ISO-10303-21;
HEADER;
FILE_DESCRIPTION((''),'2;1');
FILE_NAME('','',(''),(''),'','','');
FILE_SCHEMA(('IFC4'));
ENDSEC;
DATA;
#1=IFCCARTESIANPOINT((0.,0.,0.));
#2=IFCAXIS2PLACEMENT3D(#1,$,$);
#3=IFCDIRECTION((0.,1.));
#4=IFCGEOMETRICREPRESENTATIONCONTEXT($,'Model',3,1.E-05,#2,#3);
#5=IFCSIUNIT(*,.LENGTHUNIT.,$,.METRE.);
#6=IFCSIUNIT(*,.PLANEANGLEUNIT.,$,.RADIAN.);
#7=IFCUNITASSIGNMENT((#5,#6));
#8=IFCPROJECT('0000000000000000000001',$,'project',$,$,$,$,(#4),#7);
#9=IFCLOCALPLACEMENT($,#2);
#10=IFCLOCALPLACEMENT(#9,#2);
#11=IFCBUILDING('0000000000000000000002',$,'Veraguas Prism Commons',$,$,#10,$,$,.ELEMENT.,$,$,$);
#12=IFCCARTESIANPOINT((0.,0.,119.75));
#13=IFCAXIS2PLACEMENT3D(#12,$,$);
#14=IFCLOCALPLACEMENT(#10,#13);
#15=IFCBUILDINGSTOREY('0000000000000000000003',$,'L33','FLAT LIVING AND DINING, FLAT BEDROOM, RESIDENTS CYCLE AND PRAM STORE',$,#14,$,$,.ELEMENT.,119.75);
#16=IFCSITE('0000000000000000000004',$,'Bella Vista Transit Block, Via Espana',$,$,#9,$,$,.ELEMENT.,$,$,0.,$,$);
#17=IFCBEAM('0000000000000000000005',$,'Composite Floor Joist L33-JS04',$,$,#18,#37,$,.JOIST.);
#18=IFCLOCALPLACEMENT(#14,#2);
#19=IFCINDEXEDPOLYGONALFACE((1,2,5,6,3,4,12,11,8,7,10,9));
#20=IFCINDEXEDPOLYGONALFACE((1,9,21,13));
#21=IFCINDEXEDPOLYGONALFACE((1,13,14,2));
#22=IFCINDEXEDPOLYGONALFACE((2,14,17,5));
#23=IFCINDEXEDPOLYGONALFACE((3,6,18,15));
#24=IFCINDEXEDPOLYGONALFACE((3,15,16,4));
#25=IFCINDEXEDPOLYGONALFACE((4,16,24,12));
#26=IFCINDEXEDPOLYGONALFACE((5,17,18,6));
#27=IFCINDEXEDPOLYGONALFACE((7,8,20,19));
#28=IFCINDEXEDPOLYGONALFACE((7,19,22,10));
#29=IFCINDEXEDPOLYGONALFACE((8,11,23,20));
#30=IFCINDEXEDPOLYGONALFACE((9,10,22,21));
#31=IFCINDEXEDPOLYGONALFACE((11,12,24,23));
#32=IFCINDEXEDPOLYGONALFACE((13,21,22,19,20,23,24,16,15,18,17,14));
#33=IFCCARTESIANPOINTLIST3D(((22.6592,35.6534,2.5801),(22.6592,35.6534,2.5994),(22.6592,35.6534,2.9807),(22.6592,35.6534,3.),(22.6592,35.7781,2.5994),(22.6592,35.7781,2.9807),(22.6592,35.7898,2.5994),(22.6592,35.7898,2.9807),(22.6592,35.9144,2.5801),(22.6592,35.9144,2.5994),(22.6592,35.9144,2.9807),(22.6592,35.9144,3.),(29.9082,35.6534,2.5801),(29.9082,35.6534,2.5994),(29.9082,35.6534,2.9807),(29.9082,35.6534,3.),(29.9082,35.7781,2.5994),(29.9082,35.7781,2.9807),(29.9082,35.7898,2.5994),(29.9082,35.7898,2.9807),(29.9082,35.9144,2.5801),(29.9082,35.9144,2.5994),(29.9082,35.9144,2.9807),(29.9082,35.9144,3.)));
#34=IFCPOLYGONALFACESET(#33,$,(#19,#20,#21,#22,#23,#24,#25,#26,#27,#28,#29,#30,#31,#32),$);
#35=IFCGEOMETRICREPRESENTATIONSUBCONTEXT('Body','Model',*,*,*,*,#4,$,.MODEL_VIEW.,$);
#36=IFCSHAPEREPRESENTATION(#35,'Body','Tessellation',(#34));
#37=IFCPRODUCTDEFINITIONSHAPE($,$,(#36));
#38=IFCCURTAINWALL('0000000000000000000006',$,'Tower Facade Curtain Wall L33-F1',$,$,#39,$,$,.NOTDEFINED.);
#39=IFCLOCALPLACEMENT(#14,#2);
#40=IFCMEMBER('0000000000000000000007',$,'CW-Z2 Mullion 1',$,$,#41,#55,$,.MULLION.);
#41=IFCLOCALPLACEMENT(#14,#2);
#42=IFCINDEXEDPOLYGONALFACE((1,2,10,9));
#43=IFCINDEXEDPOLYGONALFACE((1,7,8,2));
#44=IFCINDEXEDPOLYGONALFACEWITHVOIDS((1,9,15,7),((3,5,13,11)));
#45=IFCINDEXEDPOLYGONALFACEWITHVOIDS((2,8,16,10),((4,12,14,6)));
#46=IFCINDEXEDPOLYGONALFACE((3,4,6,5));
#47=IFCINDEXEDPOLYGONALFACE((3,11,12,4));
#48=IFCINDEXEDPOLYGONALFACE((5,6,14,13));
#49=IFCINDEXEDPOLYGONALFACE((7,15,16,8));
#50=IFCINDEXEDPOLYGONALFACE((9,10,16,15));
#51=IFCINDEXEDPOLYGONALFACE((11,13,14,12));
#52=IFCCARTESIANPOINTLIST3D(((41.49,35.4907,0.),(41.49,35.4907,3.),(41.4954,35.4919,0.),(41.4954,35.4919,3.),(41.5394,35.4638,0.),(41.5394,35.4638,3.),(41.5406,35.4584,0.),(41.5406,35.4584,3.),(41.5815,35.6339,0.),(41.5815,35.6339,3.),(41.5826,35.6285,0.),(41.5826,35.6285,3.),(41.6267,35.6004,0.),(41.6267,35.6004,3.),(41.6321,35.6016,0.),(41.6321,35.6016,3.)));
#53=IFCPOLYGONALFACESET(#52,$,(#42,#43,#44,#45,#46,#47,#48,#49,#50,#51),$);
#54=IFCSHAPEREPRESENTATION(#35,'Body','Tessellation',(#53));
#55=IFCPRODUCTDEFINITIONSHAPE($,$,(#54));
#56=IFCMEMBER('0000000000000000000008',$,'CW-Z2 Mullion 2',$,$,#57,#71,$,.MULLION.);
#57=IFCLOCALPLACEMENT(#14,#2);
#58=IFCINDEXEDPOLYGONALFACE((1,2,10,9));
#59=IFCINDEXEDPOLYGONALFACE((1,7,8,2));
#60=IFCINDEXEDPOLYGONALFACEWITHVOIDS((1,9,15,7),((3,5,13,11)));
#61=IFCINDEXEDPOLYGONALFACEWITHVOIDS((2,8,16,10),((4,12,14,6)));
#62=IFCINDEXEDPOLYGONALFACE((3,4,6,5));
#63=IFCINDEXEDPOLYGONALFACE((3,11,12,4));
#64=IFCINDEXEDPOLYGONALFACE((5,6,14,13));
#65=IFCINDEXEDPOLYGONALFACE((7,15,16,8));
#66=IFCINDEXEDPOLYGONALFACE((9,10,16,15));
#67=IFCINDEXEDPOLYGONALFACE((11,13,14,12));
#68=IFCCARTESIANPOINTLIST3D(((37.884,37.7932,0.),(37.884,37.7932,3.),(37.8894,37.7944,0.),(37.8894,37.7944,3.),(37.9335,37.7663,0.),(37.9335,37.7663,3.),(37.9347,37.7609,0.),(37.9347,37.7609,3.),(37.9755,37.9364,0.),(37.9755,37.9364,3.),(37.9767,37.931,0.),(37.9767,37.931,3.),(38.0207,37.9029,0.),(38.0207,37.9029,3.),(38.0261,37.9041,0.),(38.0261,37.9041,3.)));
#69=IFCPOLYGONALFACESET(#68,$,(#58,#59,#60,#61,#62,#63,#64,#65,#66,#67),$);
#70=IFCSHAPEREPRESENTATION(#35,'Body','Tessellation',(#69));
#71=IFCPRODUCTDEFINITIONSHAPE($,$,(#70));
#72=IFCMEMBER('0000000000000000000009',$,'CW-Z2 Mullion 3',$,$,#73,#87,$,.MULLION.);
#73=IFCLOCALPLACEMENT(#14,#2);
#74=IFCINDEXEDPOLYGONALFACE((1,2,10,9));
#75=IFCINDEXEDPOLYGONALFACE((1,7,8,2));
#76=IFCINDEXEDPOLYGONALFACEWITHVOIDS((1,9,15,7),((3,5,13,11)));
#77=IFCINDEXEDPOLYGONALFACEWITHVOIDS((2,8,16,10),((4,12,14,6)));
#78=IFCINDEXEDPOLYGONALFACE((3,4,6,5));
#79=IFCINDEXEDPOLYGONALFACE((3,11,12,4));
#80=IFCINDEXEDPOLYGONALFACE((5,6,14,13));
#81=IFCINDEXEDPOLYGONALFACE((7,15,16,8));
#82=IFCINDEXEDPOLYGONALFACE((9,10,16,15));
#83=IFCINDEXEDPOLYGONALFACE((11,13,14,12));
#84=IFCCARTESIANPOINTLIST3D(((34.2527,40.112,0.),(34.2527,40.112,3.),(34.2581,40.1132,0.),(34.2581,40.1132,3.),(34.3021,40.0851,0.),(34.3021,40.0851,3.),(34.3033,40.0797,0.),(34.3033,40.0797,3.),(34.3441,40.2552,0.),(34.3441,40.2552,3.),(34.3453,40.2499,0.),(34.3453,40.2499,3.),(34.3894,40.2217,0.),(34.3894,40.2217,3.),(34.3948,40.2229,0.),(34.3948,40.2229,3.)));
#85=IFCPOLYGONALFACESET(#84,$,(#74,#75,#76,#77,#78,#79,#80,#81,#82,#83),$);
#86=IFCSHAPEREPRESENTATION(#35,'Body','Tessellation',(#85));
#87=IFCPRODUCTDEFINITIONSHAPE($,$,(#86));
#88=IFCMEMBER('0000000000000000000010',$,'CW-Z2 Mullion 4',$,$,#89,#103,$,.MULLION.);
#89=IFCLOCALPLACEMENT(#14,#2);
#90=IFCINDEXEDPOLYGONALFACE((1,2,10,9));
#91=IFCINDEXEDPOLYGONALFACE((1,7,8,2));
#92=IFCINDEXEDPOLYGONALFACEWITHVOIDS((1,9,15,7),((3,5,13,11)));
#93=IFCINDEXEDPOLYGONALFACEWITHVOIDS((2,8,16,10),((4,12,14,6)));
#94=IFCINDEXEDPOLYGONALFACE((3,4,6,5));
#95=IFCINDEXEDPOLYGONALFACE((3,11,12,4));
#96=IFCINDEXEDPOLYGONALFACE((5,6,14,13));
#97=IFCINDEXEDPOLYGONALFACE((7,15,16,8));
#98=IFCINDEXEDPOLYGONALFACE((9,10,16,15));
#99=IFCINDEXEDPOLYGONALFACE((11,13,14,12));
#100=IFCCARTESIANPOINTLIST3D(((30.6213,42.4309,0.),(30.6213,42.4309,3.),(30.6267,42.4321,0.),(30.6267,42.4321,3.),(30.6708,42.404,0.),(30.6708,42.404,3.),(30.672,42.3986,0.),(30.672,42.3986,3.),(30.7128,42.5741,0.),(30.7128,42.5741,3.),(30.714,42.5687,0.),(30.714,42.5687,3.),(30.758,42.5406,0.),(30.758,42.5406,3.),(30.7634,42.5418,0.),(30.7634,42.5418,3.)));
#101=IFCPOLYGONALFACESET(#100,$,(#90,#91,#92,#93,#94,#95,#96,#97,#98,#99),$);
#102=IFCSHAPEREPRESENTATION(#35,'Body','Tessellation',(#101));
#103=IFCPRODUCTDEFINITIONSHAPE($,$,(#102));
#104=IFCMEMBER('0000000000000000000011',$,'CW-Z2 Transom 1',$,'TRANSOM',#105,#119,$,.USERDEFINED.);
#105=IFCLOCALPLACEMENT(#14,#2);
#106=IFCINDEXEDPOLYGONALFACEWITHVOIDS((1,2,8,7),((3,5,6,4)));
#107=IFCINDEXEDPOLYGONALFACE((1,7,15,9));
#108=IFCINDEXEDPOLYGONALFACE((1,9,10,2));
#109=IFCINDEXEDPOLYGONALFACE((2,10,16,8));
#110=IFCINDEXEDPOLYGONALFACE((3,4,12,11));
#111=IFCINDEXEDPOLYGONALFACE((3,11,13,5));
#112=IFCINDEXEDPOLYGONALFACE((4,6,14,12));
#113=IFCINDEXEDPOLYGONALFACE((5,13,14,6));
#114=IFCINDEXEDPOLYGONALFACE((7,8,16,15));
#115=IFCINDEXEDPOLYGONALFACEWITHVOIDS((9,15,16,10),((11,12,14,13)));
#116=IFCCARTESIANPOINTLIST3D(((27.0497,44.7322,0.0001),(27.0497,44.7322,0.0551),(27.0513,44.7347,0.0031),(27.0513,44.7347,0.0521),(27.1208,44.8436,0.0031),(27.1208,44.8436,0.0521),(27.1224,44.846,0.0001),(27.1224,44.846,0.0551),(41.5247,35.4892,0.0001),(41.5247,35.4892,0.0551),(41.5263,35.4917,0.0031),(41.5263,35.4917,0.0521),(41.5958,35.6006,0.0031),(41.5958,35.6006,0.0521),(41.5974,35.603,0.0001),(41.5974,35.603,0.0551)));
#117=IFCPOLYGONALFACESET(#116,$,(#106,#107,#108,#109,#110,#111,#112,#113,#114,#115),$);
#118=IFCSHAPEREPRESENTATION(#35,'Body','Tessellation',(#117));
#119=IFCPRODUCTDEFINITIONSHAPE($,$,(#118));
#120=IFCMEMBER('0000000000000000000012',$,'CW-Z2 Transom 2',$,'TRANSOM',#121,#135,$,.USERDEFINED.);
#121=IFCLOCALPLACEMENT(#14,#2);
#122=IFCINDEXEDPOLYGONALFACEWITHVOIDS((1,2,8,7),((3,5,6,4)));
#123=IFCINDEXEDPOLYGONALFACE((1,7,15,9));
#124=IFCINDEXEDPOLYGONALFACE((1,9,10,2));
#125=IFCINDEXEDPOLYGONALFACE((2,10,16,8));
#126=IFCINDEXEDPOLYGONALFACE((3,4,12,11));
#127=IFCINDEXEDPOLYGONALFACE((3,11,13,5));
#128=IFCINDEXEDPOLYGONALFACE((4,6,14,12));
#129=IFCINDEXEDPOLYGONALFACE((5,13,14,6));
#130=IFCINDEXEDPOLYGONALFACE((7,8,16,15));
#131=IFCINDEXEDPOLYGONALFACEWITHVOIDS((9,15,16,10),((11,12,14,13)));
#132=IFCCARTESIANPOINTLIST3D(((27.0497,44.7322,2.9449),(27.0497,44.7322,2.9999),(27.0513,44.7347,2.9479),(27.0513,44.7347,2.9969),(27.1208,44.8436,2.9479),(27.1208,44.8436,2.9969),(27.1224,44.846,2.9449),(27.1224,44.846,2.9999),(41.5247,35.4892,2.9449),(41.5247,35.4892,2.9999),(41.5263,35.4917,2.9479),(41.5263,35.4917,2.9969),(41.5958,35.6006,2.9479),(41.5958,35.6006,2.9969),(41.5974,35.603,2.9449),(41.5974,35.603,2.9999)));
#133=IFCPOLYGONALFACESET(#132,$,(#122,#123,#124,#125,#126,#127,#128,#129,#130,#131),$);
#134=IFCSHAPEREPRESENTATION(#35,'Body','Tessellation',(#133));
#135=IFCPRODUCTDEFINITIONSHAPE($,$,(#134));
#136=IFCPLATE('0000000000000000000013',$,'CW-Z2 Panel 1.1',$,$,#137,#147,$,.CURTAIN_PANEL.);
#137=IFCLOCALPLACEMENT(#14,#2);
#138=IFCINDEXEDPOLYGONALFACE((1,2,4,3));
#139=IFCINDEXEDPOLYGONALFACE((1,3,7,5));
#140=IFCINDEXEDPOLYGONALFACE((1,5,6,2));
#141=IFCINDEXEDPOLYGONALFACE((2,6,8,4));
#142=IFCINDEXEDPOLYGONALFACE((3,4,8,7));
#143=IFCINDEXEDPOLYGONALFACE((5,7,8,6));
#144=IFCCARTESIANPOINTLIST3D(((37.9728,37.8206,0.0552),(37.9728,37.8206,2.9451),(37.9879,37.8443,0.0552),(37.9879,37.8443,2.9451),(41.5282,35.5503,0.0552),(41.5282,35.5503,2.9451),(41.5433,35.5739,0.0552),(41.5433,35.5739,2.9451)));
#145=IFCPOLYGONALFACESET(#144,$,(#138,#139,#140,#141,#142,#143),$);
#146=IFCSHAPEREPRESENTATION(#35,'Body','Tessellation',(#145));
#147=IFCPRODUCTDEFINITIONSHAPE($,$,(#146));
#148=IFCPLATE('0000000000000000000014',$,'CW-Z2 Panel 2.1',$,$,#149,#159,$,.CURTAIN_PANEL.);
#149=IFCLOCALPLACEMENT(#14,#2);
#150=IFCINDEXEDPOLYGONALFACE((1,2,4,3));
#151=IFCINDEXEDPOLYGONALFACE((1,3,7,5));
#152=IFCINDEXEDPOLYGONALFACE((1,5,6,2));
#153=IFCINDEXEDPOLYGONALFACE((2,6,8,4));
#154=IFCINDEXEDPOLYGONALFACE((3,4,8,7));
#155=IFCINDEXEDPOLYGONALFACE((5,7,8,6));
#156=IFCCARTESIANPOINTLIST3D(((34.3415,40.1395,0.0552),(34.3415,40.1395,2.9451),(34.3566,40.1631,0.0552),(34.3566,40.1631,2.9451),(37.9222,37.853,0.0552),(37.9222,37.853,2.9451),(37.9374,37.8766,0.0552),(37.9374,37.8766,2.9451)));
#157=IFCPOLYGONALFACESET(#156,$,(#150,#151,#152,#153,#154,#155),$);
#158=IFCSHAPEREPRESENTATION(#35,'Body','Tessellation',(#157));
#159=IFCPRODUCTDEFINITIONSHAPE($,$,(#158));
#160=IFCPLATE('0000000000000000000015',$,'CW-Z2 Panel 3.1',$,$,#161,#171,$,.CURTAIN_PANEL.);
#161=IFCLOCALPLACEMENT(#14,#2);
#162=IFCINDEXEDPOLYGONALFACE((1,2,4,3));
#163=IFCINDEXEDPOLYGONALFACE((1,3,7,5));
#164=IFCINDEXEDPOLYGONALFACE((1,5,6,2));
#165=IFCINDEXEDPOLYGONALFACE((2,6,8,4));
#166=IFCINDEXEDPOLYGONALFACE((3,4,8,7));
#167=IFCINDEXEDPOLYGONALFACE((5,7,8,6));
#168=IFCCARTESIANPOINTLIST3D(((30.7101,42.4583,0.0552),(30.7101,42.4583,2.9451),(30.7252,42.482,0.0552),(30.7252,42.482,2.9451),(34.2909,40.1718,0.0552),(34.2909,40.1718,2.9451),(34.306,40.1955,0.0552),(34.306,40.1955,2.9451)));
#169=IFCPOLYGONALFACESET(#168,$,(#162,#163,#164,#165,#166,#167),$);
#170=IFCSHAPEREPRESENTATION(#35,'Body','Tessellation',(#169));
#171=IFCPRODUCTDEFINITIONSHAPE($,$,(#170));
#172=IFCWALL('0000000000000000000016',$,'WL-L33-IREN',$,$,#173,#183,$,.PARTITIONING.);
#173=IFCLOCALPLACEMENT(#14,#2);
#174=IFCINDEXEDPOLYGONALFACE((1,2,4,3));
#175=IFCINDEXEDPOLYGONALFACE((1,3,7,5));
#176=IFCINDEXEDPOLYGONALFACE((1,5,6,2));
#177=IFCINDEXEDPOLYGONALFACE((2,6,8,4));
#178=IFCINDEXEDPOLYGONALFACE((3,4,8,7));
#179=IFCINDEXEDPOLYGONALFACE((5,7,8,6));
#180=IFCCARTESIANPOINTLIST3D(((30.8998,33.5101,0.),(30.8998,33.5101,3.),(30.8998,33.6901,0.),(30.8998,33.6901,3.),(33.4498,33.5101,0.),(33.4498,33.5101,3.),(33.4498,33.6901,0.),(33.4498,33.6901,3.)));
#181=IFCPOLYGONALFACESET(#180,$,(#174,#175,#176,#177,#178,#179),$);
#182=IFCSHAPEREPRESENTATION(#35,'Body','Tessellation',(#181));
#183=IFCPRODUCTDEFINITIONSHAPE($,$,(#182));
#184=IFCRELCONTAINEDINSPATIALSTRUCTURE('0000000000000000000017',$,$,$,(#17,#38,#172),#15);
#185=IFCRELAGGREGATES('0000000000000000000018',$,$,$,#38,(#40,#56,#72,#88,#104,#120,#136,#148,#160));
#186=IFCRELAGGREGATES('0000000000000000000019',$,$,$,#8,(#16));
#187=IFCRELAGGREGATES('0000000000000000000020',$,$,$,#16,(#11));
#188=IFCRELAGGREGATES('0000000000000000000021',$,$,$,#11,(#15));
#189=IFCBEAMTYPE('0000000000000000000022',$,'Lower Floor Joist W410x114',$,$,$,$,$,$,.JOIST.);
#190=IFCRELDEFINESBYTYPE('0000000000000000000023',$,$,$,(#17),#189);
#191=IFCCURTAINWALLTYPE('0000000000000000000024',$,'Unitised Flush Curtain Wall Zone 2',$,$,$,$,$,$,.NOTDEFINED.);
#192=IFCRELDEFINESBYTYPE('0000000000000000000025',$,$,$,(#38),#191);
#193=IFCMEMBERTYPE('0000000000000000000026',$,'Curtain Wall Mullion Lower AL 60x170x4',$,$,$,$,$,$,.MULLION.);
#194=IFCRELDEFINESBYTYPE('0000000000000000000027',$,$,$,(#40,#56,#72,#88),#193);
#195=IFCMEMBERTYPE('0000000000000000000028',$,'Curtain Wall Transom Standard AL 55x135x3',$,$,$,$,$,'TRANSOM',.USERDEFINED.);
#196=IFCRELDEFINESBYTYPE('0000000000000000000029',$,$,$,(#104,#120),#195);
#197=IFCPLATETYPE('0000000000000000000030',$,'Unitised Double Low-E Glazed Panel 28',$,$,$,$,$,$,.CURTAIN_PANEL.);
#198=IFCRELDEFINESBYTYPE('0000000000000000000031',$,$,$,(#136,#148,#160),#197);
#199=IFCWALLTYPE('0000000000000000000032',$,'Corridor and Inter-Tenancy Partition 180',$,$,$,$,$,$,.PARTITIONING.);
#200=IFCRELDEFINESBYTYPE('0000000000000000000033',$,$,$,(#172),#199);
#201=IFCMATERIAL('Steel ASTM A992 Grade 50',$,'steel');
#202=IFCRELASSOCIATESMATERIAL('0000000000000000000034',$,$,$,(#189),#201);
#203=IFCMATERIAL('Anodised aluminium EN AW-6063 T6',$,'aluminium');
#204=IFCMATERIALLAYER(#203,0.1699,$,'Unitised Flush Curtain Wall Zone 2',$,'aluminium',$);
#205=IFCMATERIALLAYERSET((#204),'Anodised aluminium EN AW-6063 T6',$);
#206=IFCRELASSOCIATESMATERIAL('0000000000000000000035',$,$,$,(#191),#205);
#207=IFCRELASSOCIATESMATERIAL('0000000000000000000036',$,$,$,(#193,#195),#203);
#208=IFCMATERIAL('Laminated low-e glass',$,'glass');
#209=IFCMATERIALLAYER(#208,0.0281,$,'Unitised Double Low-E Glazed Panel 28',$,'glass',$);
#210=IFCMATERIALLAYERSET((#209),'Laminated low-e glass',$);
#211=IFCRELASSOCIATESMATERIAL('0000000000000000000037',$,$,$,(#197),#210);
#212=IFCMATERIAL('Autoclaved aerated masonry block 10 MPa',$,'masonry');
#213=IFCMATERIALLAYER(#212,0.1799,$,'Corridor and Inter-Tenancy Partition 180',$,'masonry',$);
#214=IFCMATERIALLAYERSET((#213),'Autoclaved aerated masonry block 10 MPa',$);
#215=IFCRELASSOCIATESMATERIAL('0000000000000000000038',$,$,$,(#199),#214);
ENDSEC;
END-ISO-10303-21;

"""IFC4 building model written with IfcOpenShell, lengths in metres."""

from ifc_helpers import new_model, si_unit, direction, frame, frame_2d, origin, origin_2d, place, context, subcontext, project, spatial, rectangle, hollow_rectangle, i_section, extrude, source, transform, mapped, material, layer, layer_set, material_profile, profile_set, type_object, element, aggregate, save


model = new_model("IFC4")

# Units and contexts
model_context = context("Model", 3, precision=1e-05, world=origin(), true_north=direction((0.0, 1.0)))
body_context = subcontext(model_context, "Body", "Model", "MODEL_VIEW")
ifc_project = project(units=[si_unit("LENGTHUNIT", "METRE"), si_unit("PLANEANGLEUNIT", "RADIAN")], contexts=[model_context])

# Site, building, storey
site_placement = place(None, origin())
site = spatial("IfcSite", under=ifc_project, at=site_placement, Name="Bella Vista Transit Block, Via Espana", CompositionType="ELEMENT", RefElevation=0.0)
building_placement = place(site_placement, origin())
building = spatial("IfcBuilding", under=site, at=building_placement, Name="Veraguas Prism Commons", CompositionType="ELEMENT")
storey_placement = place(building_placement, frame((0.0, 0.0, 119.75)))
storey = spatial("IfcBuildingStorey", under=building, at=storey_placement, Name="L33", Description="FLAT LIVING AND DINING, FLAT BEDROOM, RESIDENTS CYCLE AND PRAM STORE", CompositionType="ELEMENT", Elevation=119.75)

# Beam
ifc_material_1 = material(Name="Steel ASTM A992 Grade 50", Category="steel")
ifc_material_profile_1 = material_profile(ifc_material_1, i_section(OverallWidth=0.261, OverallDepth=0.4199, WebThickness=0.0117, FlangeThickness=0.0193, at=origin_2d()), Name="W410X114")
ifc_profile_set_1 = profile_set([ifc_material_profile_1], Name="Steel ASTM A992 Grade 50")
beam_type = type_object("IfcBeamType", Name="Lower Floor Joist W410x114", PredefinedType="JOIST", material=ifc_profile_set_1)
beam_placement = place(storey_placement, frame((29.9082, 35.7839, 2.79), z_axis=(-1.0, 0.0, 0.0), x_axis=(0.0, -1.0, 0.0)))
element("IfcBeam", 1, at=beam_placement, inside=storey, type_object=beam_type, Name="Composite Floor Joist L33-JS04", PredefinedType="JOIST", context=body_context, shape_type="SweptSolid", body=[
    extrude(i_section(OverallWidth=0.261, OverallDepth=0.4199, WebThickness=0.0117, FlangeThickness=0.0193, at=origin_2d()), origin(), (0.0, 0.0, 1.0), 7.249),
])

# Curtain wall, members, plates
ifc_material_2 = material(Name="Anodised aluminium EN AW-6063 T6", Category="aluminium")
ifc_layer_1 = layer(ifc_material_2, 0.1699, Name="Unitised Flush Curtain Wall Zone 2", Category="aluminium")
ifc_layer_set_1 = layer_set([ifc_layer_1], Name="Anodised aluminium EN AW-6063 T6")
curtain_wall_type = type_object("IfcCurtainWallType", Name="Unitised Flush Curtain Wall Zone 2", PredefinedType="NOTDEFINED", material=ifc_layer_set_1)
curtain_wall_placement = place(storey_placement, origin())
curtain_wall = element("IfcCurtainWall", 2, at=curtain_wall_placement, inside=storey, type_object=curtain_wall_type, Name="Tower Facade Curtain Wall L33-F1", PredefinedType="NOTDEFINED")
ifc_material_profile_2 = material_profile(ifc_material_2, hollow_rectangle(XDim=0.0601, YDim=0.1699, WallThickness=0.0039, at=origin_2d()), Name="AL60X170X4")
ifc_profile_set_2 = profile_set([ifc_material_profile_2], Name="Anodised aluminium EN AW-6063 T6")
member_type_1 = type_object("IfcMemberType", Name="Curtain Wall Mullion Lower AL 60x170x4", PredefinedType="MULLION", material=ifc_profile_set_2)
shared_shape_1 = source(origin(), body_context, "Body", "SweptSolid", [
    extrude(hollow_rectangle(XDim=0.0601, YDim=0.1699, WallThickness=0.0039, at=origin_2d()), origin(), (0.0, 0.0, 1.0), 3.0),
])
member_1_placement = place(storey_placement, frame((41.561, 35.5461, 0.0), z_axis=(0.0, 0.0, 1.0), x_axis=(-0.842827, 0.538184, 0.0)))
member_1 = element("IfcMember", 3, at=member_1_placement, type_object=member_type_1, Name="CW-Z2 Mullion 1", PredefinedType="MULLION", context=body_context, shape_type="MappedRepresentation", body=[
    mapped(shared_shape_1, transform((0.0, 0.0, 0.0), scale=1.0)),
])
member_2_placement = place(storey_placement, frame((37.9551, 37.8486, 0.0), z_axis=(0.0, 0.0, 1.0), x_axis=(-0.842827, 0.538184, 0.0)))
member_2 = element("IfcMember", 4, at=member_2_placement, type_object=member_type_1, Name="CW-Z2 Mullion 2", PredefinedType="MULLION", context=body_context, shape_type="MappedRepresentation", body=[
    mapped(shared_shape_1, transform((0.0, 0.0, 0.0), scale=1.0)),
])
member_3_placement = place(storey_placement, frame((34.3237, 40.1675, 0.0), z_axis=(0.0, 0.0, 1.0), x_axis=(-0.842827, 0.538184, 0.0)))
member_3 = element("IfcMember", 5, at=member_3_placement, type_object=member_type_1, Name="CW-Z2 Mullion 3", PredefinedType="MULLION", context=body_context, shape_type="MappedRepresentation", body=[
    mapped(shared_shape_1, transform((0.0, 0.0, 0.0), scale=1.0)),
])
member_4_placement = place(storey_placement, frame((30.6924, 42.4863, 0.0), z_axis=(0.0, 0.0, 1.0), x_axis=(-0.842827, 0.538184, 0.0)))
member_4 = element("IfcMember", 6, at=member_4_placement, type_object=member_type_1, Name="CW-Z2 Mullion 4", PredefinedType="MULLION", context=body_context, shape_type="MappedRepresentation", body=[
    mapped(shared_shape_1, transform((0.0, 0.0, 0.0), scale=1.0)),
])
ifc_material_profile_3 = material_profile(ifc_material_2, hollow_rectangle(XDim=0.0549, YDim=0.135, WallThickness=0.0029, at=origin_2d()), Name="AL55X135X3")
ifc_profile_set_3 = profile_set([ifc_material_profile_3], Name="Anodised aluminium EN AW-6063 T6")
member_type_2 = type_object("IfcMemberType", Name="Curtain Wall Transom Standard AL 55x135x3", ElementType="TRANSOM", PredefinedType="USERDEFINED", material=ifc_profile_set_3)
shared_shape_2 = source(origin(), body_context, "Body", "SweptSolid", [
    extrude(hollow_rectangle(XDim=0.0549, YDim=0.135, WallThickness=0.0029, at=origin_2d()), origin(), (0.0, 0.0, 1.0), 17.1743),
])
member_5_placement = place(storey_placement, frame((41.561, 35.5461, 0.0276), z_axis=(-0.842826, 0.538187, 0.0), x_axis=(0.0, 0.0, 1.0)))
member_5 = element("IfcMember", 7, at=member_5_placement, type_object=member_type_2, Name="CW-Z2 Transom 1", ObjectType="TRANSOM", PredefinedType="USERDEFINED", context=body_context, shape_type="MappedRepresentation", body=[
    mapped(shared_shape_2, transform((0.0, 0.0, 0.0), scale=1.0)),
])
member_6_placement = place(storey_placement, frame((41.561, 35.5461, 2.9724), z_axis=(-0.842826, 0.538187, 0.0), x_axis=(0.0, 0.0, 1.0)))
member_6 = element("IfcMember", 8, at=member_6_placement, type_object=member_type_2, Name="CW-Z2 Transom 2", ObjectType="TRANSOM", PredefinedType="USERDEFINED", context=body_context, shape_type="MappedRepresentation", body=[
    mapped(shared_shape_2, transform((0.0, 0.0, 0.0), scale=1.0)),
])
ifc_material_3 = material(Name="Laminated low-e glass", Category="glass")
ifc_layer_2 = layer(ifc_material_3, 0.0281, Name="Unitised Double Low-E Glazed Panel 28", Category="glass")
ifc_layer_set_2 = layer_set([ifc_layer_2], Name="Laminated low-e glass")
plate_type = type_object("IfcPlateType", Name="Unitised Double Low-E Glazed Panel 28", PredefinedType="CURTAIN_PANEL", material=ifc_layer_set_2)
shared_shape_3 = source(origin(), body_context, "Body", "SweptSolid", [
    extrude(rectangle(XDim=4.2185, YDim=0.0281, at=origin_2d()), origin(), (0.0, 0.0, 1.0), 2.8899),
])
plate_1_placement = place(storey_placement, frame((39.7581, 36.6973, 0.0552), z_axis=(0.0, 0.0, 1.0), x_axis=(-0.842827, 0.538184, 0.0)))
plate_1 = element("IfcPlate", 9, at=plate_1_placement, type_object=plate_type, Name="CW-Z2 Panel 1.1", PredefinedType="CURTAIN_PANEL", context=body_context, shape_type="MappedRepresentation", body=[
    mapped(shared_shape_3, transform((0.0, 0.0, 0.0), scale=1.0)),
])
shared_shape_4 = source(origin(), body_context, "Body", "SweptSolid", [
    extrude(rectangle(XDim=4.2485, YDim=0.0281, at=origin_2d()), origin(), (0.0, 0.0, 1.0), 2.8899),
])
plate_2_placement = place(storey_placement, frame((36.1394, 39.0081, 0.0552), z_axis=(0.0, 0.0, 1.0), x_axis=(-0.842827, 0.538184, 0.0)))
plate_2 = element("IfcPlate", 10, at=plate_2_placement, type_object=plate_type, Name="CW-Z2 Panel 2.1", PredefinedType="CURTAIN_PANEL", context=body_context, shape_type="MappedRepresentation", body=[
    mapped(shared_shape_4, transform((0.0, 0.0, 0.0), scale=1.0)),
])
plate_3_placement = place(storey_placement, frame((32.5081, 41.3269, 0.0552), z_axis=(0.0, 0.0, 1.0), x_axis=(-0.842827, 0.538184, 0.0)))
plate_3 = element("IfcPlate", 11, at=plate_3_placement, type_object=plate_type, Name="CW-Z2 Panel 3.1", PredefinedType="CURTAIN_PANEL", context=body_context, shape_type="MappedRepresentation", body=[
    mapped(shared_shape_4, transform((0.0, 0.0, 0.0), scale=1.0)),
])
aggregate(curtain_wall, [member_1, member_2, member_3, member_4, member_5, member_6, plate_1, plate_2, plate_3])

# Wall
ifc_material_4 = material(Name="Autoclaved aerated masonry block 10 MPa", Category="masonry")
ifc_layer_3 = layer(ifc_material_4, 0.1799, Name="Corridor and Inter-Tenancy Partition 180", Category="masonry")
ifc_layer_set_3 = layer_set([ifc_layer_3], Name="Autoclaved aerated masonry block 10 MPa")
wall_type_1 = type_object("IfcWallType", Name="Corridor and Inter-Tenancy Partition 180", PredefinedType="PARTITIONING", material=ifc_layer_set_3)
wall_1_placement = place(storey_placement, frame((30.8999, 33.6001, 0.0), z_axis=(0.0, 0.0, 1.0), x_axis=(1.0, 0.0, 0.0)))
element("IfcWall", 12, at=wall_1_placement, inside=storey, type_object=wall_type_1, Name="WL-L33-IREN", PredefinedType="PARTITIONING", context=body_context, shape_type="SweptSolid", body=[
    extrude(rectangle(XDim=2.55, YDim=0.1799, at=frame_2d((1.2749, 0.0))), origin(), (0.0, 0.0, 1.0), 3.0),
])

save(model, "model.ifc")
